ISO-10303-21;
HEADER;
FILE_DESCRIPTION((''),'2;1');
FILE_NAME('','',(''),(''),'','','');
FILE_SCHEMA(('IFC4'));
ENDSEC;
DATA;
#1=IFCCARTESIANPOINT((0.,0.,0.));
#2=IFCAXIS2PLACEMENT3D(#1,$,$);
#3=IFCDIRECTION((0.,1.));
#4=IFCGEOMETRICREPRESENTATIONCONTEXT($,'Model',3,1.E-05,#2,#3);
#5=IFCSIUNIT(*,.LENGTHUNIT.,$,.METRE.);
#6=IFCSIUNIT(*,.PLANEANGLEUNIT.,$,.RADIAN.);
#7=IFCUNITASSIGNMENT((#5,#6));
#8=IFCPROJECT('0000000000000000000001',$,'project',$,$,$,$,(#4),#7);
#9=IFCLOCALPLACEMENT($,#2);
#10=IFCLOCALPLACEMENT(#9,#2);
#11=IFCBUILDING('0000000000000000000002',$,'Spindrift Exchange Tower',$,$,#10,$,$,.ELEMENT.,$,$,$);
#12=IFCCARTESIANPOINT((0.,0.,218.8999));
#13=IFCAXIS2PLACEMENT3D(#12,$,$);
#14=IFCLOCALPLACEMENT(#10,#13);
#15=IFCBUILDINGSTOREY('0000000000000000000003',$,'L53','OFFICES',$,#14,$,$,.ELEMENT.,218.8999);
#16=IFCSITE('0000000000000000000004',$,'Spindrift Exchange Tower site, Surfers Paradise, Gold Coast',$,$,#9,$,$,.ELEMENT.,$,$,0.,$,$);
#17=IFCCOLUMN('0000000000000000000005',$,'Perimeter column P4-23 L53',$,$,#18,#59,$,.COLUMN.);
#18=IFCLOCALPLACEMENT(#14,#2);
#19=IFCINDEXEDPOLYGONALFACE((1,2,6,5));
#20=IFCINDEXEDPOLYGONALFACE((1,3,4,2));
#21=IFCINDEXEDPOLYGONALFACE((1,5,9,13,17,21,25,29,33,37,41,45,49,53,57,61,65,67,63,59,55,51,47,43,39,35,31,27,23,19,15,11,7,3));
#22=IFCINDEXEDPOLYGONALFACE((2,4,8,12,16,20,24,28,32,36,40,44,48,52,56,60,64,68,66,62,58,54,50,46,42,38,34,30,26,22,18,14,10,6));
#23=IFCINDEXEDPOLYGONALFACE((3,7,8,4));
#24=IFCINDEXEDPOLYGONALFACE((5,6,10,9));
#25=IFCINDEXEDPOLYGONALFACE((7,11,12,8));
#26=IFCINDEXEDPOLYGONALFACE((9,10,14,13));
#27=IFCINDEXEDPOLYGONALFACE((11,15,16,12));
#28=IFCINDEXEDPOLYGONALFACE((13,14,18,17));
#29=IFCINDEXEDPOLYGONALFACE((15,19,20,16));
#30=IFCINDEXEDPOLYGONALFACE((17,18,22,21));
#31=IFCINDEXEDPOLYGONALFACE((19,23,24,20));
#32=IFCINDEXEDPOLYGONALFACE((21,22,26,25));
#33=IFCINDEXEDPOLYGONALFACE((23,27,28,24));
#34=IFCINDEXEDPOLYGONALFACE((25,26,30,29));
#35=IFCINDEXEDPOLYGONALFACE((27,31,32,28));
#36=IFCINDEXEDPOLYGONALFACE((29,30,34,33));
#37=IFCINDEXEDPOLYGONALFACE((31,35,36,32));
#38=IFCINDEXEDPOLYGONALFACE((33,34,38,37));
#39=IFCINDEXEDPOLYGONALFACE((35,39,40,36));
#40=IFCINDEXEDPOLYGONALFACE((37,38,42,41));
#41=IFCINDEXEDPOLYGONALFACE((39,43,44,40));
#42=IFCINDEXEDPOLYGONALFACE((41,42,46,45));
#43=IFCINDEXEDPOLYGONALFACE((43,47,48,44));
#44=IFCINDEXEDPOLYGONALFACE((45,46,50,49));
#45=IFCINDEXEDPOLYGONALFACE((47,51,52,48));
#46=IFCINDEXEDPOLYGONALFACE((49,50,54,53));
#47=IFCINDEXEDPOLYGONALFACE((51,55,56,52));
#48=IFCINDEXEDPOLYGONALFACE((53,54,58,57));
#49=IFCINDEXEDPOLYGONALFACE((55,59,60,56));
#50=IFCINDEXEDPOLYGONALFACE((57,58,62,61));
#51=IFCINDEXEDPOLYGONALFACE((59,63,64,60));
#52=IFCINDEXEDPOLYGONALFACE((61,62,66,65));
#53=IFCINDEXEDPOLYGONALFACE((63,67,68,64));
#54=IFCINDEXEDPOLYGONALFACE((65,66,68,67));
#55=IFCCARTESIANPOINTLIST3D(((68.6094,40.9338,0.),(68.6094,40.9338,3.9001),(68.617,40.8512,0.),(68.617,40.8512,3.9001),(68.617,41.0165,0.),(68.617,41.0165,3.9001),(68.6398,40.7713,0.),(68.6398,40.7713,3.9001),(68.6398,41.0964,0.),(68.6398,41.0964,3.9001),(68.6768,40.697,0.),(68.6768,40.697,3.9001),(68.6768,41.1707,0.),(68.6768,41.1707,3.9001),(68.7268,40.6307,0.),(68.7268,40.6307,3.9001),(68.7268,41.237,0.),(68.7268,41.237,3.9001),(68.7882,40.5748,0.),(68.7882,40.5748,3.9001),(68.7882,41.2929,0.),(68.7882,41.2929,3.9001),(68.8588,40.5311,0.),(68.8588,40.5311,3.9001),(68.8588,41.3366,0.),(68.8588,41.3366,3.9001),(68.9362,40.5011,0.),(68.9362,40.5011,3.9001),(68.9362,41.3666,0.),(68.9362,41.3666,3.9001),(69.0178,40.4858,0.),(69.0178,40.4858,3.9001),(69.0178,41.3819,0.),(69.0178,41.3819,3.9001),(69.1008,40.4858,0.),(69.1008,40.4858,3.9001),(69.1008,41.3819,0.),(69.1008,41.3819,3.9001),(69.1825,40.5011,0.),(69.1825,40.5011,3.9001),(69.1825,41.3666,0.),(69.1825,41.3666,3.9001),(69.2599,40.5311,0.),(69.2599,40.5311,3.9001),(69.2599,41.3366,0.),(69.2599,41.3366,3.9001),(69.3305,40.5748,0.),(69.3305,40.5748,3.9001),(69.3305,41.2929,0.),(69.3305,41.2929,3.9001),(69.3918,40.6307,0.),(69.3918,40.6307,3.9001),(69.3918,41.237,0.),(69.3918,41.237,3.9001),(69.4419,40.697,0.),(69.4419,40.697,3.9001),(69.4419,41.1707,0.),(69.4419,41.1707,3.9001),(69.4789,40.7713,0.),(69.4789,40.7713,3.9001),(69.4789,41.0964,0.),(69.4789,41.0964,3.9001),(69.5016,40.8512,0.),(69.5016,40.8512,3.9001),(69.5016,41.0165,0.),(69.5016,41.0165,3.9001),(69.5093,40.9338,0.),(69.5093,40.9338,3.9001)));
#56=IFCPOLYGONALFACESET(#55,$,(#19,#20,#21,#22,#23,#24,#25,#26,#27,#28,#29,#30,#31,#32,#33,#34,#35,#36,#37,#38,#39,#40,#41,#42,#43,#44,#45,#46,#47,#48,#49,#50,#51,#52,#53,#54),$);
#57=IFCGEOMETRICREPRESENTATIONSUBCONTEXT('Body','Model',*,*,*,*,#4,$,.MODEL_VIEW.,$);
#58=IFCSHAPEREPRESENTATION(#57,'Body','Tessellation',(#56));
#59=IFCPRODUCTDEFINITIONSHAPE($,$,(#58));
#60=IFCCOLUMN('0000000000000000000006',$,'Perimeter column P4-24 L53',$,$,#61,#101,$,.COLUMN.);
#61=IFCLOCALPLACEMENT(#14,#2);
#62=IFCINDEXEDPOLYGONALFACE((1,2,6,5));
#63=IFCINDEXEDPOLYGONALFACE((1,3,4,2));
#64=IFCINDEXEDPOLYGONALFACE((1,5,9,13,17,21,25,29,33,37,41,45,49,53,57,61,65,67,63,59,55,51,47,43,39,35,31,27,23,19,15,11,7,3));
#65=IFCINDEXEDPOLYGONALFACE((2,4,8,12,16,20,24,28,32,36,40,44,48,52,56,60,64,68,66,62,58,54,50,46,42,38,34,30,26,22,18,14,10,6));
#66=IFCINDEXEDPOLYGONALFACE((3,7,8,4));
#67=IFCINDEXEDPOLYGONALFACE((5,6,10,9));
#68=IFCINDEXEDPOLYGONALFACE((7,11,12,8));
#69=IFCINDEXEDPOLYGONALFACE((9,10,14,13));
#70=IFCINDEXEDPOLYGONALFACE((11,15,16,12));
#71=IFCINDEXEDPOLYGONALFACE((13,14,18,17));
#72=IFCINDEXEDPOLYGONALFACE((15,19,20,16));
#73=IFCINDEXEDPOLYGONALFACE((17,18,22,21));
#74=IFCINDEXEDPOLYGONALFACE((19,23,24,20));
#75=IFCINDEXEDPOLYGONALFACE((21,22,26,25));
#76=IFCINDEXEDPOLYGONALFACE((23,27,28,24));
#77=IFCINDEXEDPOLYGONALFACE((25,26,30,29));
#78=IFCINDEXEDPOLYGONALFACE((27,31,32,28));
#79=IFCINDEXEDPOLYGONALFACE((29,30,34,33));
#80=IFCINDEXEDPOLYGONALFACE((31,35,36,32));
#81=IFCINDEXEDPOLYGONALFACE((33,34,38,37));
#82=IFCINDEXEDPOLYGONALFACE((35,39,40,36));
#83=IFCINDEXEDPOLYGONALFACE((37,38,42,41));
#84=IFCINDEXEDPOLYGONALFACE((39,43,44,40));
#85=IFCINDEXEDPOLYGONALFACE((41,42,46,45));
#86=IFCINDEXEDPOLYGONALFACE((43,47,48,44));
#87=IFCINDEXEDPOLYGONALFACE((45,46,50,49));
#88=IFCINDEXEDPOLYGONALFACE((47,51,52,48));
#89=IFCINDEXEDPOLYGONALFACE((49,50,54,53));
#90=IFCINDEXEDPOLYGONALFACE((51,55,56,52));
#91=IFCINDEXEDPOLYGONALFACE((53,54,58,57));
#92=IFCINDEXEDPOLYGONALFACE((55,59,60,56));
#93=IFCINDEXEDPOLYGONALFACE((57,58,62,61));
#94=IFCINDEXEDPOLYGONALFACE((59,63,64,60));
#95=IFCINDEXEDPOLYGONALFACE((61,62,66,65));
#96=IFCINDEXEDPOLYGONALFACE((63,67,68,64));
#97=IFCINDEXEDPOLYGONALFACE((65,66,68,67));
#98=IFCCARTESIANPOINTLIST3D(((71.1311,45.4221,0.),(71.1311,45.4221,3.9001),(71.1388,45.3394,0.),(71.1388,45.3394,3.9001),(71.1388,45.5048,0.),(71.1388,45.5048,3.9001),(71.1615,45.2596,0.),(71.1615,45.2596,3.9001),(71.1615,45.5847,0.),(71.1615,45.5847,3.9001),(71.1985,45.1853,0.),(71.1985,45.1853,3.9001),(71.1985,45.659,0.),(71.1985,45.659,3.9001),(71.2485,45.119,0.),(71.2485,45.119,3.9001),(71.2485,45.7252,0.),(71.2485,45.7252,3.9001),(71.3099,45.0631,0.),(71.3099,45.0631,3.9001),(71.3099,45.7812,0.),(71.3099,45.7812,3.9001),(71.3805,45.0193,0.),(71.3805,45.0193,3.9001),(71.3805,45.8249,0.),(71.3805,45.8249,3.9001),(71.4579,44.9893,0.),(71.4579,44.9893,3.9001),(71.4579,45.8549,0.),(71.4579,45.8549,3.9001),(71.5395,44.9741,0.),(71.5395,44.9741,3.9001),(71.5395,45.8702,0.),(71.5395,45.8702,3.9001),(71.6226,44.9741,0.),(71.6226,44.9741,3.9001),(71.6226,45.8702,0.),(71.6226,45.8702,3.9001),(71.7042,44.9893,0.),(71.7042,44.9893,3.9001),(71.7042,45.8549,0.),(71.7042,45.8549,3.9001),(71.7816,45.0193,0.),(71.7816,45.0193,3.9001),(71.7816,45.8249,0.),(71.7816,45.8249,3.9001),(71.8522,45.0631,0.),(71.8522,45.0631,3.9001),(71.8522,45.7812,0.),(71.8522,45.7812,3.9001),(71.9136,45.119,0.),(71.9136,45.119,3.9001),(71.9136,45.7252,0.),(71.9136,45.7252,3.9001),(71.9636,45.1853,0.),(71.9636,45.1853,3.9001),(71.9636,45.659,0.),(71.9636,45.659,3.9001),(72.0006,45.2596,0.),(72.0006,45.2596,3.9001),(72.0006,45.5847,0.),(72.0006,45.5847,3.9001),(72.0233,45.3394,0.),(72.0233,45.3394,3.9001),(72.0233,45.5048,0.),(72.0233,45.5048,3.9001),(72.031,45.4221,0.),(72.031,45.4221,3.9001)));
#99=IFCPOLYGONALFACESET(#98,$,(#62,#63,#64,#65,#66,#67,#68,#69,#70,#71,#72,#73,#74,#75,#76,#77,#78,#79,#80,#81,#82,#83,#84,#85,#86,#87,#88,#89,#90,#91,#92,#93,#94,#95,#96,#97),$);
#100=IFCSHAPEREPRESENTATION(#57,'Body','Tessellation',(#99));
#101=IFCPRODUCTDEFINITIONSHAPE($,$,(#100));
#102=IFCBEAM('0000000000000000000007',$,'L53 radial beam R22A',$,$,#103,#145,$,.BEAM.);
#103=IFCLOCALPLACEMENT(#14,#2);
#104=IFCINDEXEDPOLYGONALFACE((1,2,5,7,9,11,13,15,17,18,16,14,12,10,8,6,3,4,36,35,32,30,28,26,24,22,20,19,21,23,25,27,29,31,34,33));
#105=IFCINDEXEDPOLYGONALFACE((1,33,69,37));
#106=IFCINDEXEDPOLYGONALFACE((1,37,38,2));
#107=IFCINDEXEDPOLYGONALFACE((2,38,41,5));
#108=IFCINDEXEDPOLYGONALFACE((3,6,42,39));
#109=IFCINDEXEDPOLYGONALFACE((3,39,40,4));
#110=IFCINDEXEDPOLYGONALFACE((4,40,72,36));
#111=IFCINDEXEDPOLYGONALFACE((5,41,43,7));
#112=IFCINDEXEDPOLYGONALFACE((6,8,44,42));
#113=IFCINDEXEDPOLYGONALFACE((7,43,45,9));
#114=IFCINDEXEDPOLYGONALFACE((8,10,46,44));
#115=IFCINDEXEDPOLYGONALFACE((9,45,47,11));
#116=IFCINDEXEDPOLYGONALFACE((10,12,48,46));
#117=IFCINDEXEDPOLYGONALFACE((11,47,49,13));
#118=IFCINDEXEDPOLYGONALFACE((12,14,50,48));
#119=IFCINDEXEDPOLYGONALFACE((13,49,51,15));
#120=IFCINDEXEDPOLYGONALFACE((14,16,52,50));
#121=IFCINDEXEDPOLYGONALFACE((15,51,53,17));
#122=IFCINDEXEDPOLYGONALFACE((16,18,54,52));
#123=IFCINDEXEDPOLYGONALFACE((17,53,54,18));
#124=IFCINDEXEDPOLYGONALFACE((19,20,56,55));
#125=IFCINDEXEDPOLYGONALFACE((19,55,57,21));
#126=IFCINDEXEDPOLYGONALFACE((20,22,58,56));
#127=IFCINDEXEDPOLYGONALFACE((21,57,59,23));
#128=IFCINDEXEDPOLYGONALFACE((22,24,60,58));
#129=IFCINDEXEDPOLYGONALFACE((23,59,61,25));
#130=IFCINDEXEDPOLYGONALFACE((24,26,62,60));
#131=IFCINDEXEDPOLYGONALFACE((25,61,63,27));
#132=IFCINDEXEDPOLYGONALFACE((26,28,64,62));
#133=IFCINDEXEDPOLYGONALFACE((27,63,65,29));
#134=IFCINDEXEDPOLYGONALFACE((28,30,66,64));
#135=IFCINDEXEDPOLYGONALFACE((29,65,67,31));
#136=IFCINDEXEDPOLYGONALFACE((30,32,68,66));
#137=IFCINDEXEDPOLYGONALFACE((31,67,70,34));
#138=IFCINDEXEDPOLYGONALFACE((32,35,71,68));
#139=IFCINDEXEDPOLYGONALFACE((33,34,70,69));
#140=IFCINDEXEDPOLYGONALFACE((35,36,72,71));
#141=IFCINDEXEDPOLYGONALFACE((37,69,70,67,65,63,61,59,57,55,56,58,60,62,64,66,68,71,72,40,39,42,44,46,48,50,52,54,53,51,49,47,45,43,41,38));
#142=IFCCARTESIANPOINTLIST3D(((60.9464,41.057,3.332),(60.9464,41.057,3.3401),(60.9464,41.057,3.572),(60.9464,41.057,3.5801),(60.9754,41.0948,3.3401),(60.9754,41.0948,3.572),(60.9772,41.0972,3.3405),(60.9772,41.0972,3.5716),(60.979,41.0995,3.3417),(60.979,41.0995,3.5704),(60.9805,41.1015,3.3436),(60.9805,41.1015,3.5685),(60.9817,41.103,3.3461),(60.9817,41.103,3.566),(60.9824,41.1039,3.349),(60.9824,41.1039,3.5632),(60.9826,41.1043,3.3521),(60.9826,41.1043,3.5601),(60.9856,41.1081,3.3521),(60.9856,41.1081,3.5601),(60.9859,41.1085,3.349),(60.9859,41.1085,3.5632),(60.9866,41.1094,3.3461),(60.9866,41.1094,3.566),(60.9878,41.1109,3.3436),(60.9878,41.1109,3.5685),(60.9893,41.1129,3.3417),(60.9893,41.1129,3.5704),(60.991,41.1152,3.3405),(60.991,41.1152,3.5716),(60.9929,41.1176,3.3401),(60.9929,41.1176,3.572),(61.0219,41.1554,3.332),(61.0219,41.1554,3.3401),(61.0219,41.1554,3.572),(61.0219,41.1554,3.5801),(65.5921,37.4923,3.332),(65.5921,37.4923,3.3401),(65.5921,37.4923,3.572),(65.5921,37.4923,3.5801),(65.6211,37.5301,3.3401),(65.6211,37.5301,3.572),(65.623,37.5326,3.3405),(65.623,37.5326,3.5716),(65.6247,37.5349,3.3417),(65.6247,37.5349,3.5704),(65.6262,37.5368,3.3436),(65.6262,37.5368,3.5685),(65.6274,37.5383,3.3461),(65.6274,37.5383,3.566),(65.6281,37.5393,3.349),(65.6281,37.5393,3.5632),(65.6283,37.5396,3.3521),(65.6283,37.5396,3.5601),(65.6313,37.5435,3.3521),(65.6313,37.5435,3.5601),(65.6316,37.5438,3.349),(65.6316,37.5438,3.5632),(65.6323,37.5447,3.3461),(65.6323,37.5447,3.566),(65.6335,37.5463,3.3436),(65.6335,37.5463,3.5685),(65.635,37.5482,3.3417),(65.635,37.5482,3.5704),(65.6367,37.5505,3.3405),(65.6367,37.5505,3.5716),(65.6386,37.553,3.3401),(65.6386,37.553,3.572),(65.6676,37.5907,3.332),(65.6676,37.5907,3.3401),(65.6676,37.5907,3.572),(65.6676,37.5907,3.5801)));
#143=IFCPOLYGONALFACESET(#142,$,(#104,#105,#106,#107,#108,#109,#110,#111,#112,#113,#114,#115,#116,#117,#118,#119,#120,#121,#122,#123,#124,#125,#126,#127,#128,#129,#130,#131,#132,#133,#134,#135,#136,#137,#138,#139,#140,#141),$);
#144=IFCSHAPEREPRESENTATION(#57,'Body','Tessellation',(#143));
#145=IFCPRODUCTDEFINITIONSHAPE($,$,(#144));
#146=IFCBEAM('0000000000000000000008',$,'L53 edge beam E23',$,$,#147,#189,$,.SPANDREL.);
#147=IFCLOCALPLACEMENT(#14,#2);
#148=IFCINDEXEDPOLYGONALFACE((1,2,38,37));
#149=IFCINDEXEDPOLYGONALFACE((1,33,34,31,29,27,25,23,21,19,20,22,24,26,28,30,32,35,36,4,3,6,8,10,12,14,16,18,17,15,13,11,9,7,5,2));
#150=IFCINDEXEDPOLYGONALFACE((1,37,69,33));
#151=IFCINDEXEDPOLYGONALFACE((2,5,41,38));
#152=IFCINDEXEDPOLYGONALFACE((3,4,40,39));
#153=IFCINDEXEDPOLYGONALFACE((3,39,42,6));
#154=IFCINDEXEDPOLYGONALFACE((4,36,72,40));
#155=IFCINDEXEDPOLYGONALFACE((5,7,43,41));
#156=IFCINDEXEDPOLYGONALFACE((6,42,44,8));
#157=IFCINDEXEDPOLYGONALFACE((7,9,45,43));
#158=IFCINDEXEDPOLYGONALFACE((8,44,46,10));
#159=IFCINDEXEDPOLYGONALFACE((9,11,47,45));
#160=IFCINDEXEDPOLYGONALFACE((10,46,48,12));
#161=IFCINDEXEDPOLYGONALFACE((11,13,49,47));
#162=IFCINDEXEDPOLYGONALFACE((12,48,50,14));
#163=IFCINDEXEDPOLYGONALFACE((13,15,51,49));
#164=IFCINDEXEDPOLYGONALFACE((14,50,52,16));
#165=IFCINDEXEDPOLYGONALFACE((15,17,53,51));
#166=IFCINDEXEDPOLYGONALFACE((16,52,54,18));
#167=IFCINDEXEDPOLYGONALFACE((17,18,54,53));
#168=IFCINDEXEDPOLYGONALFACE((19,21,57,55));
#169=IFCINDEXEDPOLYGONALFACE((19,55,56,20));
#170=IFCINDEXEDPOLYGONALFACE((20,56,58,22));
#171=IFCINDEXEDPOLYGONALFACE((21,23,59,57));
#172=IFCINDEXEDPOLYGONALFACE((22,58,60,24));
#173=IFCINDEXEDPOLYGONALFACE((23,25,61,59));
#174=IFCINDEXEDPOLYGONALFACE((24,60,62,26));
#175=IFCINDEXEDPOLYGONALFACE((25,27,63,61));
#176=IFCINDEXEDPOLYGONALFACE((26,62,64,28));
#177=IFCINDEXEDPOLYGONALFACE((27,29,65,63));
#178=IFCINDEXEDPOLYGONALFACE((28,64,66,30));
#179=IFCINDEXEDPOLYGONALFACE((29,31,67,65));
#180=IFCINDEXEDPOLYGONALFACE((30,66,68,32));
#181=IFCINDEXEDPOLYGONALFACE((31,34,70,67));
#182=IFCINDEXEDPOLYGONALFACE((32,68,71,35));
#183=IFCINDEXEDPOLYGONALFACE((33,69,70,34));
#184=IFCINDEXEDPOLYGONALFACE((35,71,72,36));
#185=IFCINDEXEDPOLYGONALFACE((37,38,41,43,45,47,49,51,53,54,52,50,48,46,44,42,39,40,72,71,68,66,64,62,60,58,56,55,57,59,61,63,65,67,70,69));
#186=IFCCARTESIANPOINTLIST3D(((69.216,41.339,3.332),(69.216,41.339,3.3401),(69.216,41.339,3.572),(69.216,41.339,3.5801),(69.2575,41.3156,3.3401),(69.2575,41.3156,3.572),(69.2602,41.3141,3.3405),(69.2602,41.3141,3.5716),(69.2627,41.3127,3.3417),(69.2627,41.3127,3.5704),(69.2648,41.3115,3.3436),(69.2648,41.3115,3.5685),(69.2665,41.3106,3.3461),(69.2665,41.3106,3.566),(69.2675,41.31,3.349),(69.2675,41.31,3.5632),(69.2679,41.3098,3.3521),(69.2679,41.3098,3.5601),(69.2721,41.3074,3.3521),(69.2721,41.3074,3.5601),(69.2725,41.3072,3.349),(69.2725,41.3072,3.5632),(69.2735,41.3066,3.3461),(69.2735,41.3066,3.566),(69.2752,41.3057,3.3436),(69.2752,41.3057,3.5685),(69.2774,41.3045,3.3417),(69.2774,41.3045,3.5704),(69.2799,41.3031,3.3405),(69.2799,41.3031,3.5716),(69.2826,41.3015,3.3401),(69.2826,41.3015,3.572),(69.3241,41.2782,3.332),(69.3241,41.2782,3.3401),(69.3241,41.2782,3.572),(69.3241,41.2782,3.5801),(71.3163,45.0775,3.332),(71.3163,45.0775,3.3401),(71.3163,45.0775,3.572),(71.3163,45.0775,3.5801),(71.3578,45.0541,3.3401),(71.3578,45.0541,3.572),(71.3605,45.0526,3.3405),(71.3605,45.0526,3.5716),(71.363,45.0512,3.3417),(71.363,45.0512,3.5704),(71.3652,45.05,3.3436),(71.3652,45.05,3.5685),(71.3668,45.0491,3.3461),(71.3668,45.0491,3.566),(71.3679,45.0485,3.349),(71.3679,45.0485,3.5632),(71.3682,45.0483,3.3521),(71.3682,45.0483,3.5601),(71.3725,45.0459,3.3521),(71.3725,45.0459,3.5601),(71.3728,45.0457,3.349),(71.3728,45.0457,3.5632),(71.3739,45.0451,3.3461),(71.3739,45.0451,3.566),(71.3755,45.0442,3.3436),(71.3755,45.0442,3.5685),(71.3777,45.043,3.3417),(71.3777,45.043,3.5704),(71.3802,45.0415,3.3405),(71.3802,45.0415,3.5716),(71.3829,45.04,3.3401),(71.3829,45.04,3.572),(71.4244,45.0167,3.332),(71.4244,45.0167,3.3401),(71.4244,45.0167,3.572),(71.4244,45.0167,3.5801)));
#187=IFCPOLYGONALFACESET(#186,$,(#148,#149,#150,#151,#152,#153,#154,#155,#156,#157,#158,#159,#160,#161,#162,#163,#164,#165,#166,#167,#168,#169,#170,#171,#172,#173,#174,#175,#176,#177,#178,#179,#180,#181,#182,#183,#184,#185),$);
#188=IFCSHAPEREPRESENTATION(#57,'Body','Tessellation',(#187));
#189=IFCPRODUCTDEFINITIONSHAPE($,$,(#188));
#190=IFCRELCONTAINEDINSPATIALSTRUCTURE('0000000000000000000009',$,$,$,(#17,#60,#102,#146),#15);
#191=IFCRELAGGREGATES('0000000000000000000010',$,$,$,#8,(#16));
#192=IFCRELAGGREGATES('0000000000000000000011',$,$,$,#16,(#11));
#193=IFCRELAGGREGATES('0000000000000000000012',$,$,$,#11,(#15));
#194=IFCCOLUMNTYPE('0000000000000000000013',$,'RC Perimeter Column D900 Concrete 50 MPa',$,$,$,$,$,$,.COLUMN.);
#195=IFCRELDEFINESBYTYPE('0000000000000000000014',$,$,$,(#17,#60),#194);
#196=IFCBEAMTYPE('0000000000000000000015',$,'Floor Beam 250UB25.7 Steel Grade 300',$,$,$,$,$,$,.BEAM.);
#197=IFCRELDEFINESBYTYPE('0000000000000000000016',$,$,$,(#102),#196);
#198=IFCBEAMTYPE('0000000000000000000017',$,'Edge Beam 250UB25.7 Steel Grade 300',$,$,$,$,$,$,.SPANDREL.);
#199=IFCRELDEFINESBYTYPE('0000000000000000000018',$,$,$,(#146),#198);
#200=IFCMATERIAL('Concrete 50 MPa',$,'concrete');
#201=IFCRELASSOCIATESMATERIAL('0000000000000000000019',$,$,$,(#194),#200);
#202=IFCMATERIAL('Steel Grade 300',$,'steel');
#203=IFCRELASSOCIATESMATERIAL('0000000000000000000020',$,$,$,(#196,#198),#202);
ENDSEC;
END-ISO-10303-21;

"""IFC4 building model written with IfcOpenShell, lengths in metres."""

from ifc_helpers import new_model, si_unit, direction, frame, origin, origin_2d, place, context, subcontext, project, spatial, circle, i_section, extrude, source, transform, mapped, material, material_profile, profile_set, type_object, element, save


model = new_model("IFC4")

# Units and contexts
model_context = context("Model", 3, precision=1e-05, world=origin(), true_north=direction((0.0, 1.0)))
body_context = subcontext(model_context, "Body", "Model", "MODEL_VIEW")
ifc_project = project(units=[si_unit("LENGTHUNIT", "METRE"), si_unit("PLANEANGLEUNIT", "RADIAN")], contexts=[model_context])

# Site, building, storey
site_placement = place(None, origin())
site = spatial("IfcSite", under=ifc_project, at=site_placement, Name="Spindrift Exchange Tower site, Surfers Paradise, Gold Coast", CompositionType="ELEMENT", RefElevation=0.0)
building_placement = place(site_placement, origin())
building = spatial("IfcBuilding", under=site, at=building_placement, Name="Spindrift Exchange Tower", CompositionType="ELEMENT")
storey_placement = place(building_placement, frame((0.0, 0.0, 218.8999)))
storey = spatial("IfcBuildingStorey", under=building, at=storey_placement, Name="L53", Description="OFFICES", CompositionType="ELEMENT", Elevation=218.8999)

# Columns
ifc_material_1 = material(Name="Concrete 50 MPa", Category="concrete")
ifc_material_profile_1 = material_profile(ifc_material_1, circle(Radius=0.45, at=origin_2d()), Name="RC D900")
ifc_profile_set_1 = profile_set([ifc_material_profile_1], Name="Concrete 50 MPa")
column_type = type_object("IfcColumnType", Name="RC Perimeter Column D900 Concrete 50 MPa", PredefinedType="COLUMN", material=ifc_profile_set_1)
shared_shape_1 = source(origin(), body_context, "Body", "SweptSolid", [
    extrude(circle(Radius=0.45, at=origin_2d()), origin(), (0.0, 0.0, 1.0), 3.9001),
])
for number, where, z_axis, x_axis, name in (
    (1, (69.0593, 40.9338, 0.0), (0.0, 0.0, 1.0), (1.0, 0.0, 0.0), "Perimeter column P4-23 L53"),
    (2, (71.5811, 45.4221, 0.0), (0.0, 0.0, 1.0), (1.0, 0.0, 0.0), "Perimeter column P4-24 L53"),
):
    element("IfcColumn", number, at=place(storey_placement, frame(where, z_axis=z_axis, x_axis=x_axis)), inside=storey, type_object=column_type, Name=name, PredefinedType="COLUMN", context=body_context, shape_type="MappedRepresentation", body=[
        mapped(shared_shape_1, transform((0.0, 0.0, 0.0), scale=1.0)),
    ])

# Beams
ifc_material_2 = material(Name="Steel Grade 300", Category="steel")
ifc_material_profile_2 = material_profile(ifc_material_2, i_section(OverallWidth=0.124, OverallDepth=0.248, WebThickness=0.0049, FlangeThickness=0.0081, FilletRadius=0.012, at=origin_2d()), Name="250UB25.7")
ifc_profile_set_2 = profile_set([ifc_material_profile_2], Name="Steel Grade 300")
beam_type_1 = type_object("IfcBeamType", Name="Floor Beam 250UB25.7 Steel Grade 300", PredefinedType="BEAM", material=ifc_profile_set_2)
shared_shape_2 = source(origin(), body_context, "Body", "SweptSolid", [
    extrude(i_section(OverallWidth=0.124, OverallDepth=0.248, WebThickness=0.0049, FlangeThickness=0.0081, FilletRadius=0.012, at=origin_2d()), origin(), (0.0, 0.0, 1.0), 5.8557),
])
beam_1_placement = place(storey_placement, frame((60.9841, 41.1062, 3.4561), z_axis=(0.793363, -0.608749, 0.0), x_axis=(0.608749, 0.793363, 0.0)))
element("IfcBeam", 3, at=beam_1_placement, inside=storey, type_object=beam_type_1, Name="L53 radial beam R22A", PredefinedType="BEAM", context=body_context, shape_type="MappedRepresentation", body=[
    mapped(shared_shape_2, transform((0.0, 0.0, 0.0), scale=1.0)),
])
ifc_material_profile_3 = material_profile(ifc_material_2, i_section(OverallWidth=0.124, OverallDepth=0.248, WebThickness=0.0049, FlangeThickness=0.0081, FilletRadius=0.012, at=origin_2d()), Name="250UB25.7")
ifc_profile_set_3 = profile_set([ifc_material_profile_3], Name="Steel Grade 300")
beam_type_2 = type_object("IfcBeamType", Name="Edge Beam 250UB25.7 Steel Grade 300", PredefinedType="SPANDREL", material=ifc_profile_set_3)
shared_shape_3 = source(origin(), body_context, "Body", "SweptSolid", [
    extrude(i_section(OverallWidth=0.124, OverallDepth=0.248, WebThickness=0.0049, FlangeThickness=0.0081, FilletRadius=0.012, at=origin_2d()), origin(), (0.0, 0.0, 1.0), 4.2881),
])
beam_2_placement = place(storey_placement, frame((69.27, 41.3086, 3.4561), z_axis=(0.489804, 0.871832, 0.0), x_axis=(-0.871832, 0.489804, 0.0)))
element("IfcBeam", 4, at=beam_2_placement, inside=storey, type_object=beam_type_2, Name="L53 edge beam E23", PredefinedType="SPANDREL", context=body_context, shape_type="MappedRepresentation", body=[
    mapped(shared_shape_3, transform((0.0, 0.0, 0.0), scale=1.0)),
])

save(model, "model.ifc")
